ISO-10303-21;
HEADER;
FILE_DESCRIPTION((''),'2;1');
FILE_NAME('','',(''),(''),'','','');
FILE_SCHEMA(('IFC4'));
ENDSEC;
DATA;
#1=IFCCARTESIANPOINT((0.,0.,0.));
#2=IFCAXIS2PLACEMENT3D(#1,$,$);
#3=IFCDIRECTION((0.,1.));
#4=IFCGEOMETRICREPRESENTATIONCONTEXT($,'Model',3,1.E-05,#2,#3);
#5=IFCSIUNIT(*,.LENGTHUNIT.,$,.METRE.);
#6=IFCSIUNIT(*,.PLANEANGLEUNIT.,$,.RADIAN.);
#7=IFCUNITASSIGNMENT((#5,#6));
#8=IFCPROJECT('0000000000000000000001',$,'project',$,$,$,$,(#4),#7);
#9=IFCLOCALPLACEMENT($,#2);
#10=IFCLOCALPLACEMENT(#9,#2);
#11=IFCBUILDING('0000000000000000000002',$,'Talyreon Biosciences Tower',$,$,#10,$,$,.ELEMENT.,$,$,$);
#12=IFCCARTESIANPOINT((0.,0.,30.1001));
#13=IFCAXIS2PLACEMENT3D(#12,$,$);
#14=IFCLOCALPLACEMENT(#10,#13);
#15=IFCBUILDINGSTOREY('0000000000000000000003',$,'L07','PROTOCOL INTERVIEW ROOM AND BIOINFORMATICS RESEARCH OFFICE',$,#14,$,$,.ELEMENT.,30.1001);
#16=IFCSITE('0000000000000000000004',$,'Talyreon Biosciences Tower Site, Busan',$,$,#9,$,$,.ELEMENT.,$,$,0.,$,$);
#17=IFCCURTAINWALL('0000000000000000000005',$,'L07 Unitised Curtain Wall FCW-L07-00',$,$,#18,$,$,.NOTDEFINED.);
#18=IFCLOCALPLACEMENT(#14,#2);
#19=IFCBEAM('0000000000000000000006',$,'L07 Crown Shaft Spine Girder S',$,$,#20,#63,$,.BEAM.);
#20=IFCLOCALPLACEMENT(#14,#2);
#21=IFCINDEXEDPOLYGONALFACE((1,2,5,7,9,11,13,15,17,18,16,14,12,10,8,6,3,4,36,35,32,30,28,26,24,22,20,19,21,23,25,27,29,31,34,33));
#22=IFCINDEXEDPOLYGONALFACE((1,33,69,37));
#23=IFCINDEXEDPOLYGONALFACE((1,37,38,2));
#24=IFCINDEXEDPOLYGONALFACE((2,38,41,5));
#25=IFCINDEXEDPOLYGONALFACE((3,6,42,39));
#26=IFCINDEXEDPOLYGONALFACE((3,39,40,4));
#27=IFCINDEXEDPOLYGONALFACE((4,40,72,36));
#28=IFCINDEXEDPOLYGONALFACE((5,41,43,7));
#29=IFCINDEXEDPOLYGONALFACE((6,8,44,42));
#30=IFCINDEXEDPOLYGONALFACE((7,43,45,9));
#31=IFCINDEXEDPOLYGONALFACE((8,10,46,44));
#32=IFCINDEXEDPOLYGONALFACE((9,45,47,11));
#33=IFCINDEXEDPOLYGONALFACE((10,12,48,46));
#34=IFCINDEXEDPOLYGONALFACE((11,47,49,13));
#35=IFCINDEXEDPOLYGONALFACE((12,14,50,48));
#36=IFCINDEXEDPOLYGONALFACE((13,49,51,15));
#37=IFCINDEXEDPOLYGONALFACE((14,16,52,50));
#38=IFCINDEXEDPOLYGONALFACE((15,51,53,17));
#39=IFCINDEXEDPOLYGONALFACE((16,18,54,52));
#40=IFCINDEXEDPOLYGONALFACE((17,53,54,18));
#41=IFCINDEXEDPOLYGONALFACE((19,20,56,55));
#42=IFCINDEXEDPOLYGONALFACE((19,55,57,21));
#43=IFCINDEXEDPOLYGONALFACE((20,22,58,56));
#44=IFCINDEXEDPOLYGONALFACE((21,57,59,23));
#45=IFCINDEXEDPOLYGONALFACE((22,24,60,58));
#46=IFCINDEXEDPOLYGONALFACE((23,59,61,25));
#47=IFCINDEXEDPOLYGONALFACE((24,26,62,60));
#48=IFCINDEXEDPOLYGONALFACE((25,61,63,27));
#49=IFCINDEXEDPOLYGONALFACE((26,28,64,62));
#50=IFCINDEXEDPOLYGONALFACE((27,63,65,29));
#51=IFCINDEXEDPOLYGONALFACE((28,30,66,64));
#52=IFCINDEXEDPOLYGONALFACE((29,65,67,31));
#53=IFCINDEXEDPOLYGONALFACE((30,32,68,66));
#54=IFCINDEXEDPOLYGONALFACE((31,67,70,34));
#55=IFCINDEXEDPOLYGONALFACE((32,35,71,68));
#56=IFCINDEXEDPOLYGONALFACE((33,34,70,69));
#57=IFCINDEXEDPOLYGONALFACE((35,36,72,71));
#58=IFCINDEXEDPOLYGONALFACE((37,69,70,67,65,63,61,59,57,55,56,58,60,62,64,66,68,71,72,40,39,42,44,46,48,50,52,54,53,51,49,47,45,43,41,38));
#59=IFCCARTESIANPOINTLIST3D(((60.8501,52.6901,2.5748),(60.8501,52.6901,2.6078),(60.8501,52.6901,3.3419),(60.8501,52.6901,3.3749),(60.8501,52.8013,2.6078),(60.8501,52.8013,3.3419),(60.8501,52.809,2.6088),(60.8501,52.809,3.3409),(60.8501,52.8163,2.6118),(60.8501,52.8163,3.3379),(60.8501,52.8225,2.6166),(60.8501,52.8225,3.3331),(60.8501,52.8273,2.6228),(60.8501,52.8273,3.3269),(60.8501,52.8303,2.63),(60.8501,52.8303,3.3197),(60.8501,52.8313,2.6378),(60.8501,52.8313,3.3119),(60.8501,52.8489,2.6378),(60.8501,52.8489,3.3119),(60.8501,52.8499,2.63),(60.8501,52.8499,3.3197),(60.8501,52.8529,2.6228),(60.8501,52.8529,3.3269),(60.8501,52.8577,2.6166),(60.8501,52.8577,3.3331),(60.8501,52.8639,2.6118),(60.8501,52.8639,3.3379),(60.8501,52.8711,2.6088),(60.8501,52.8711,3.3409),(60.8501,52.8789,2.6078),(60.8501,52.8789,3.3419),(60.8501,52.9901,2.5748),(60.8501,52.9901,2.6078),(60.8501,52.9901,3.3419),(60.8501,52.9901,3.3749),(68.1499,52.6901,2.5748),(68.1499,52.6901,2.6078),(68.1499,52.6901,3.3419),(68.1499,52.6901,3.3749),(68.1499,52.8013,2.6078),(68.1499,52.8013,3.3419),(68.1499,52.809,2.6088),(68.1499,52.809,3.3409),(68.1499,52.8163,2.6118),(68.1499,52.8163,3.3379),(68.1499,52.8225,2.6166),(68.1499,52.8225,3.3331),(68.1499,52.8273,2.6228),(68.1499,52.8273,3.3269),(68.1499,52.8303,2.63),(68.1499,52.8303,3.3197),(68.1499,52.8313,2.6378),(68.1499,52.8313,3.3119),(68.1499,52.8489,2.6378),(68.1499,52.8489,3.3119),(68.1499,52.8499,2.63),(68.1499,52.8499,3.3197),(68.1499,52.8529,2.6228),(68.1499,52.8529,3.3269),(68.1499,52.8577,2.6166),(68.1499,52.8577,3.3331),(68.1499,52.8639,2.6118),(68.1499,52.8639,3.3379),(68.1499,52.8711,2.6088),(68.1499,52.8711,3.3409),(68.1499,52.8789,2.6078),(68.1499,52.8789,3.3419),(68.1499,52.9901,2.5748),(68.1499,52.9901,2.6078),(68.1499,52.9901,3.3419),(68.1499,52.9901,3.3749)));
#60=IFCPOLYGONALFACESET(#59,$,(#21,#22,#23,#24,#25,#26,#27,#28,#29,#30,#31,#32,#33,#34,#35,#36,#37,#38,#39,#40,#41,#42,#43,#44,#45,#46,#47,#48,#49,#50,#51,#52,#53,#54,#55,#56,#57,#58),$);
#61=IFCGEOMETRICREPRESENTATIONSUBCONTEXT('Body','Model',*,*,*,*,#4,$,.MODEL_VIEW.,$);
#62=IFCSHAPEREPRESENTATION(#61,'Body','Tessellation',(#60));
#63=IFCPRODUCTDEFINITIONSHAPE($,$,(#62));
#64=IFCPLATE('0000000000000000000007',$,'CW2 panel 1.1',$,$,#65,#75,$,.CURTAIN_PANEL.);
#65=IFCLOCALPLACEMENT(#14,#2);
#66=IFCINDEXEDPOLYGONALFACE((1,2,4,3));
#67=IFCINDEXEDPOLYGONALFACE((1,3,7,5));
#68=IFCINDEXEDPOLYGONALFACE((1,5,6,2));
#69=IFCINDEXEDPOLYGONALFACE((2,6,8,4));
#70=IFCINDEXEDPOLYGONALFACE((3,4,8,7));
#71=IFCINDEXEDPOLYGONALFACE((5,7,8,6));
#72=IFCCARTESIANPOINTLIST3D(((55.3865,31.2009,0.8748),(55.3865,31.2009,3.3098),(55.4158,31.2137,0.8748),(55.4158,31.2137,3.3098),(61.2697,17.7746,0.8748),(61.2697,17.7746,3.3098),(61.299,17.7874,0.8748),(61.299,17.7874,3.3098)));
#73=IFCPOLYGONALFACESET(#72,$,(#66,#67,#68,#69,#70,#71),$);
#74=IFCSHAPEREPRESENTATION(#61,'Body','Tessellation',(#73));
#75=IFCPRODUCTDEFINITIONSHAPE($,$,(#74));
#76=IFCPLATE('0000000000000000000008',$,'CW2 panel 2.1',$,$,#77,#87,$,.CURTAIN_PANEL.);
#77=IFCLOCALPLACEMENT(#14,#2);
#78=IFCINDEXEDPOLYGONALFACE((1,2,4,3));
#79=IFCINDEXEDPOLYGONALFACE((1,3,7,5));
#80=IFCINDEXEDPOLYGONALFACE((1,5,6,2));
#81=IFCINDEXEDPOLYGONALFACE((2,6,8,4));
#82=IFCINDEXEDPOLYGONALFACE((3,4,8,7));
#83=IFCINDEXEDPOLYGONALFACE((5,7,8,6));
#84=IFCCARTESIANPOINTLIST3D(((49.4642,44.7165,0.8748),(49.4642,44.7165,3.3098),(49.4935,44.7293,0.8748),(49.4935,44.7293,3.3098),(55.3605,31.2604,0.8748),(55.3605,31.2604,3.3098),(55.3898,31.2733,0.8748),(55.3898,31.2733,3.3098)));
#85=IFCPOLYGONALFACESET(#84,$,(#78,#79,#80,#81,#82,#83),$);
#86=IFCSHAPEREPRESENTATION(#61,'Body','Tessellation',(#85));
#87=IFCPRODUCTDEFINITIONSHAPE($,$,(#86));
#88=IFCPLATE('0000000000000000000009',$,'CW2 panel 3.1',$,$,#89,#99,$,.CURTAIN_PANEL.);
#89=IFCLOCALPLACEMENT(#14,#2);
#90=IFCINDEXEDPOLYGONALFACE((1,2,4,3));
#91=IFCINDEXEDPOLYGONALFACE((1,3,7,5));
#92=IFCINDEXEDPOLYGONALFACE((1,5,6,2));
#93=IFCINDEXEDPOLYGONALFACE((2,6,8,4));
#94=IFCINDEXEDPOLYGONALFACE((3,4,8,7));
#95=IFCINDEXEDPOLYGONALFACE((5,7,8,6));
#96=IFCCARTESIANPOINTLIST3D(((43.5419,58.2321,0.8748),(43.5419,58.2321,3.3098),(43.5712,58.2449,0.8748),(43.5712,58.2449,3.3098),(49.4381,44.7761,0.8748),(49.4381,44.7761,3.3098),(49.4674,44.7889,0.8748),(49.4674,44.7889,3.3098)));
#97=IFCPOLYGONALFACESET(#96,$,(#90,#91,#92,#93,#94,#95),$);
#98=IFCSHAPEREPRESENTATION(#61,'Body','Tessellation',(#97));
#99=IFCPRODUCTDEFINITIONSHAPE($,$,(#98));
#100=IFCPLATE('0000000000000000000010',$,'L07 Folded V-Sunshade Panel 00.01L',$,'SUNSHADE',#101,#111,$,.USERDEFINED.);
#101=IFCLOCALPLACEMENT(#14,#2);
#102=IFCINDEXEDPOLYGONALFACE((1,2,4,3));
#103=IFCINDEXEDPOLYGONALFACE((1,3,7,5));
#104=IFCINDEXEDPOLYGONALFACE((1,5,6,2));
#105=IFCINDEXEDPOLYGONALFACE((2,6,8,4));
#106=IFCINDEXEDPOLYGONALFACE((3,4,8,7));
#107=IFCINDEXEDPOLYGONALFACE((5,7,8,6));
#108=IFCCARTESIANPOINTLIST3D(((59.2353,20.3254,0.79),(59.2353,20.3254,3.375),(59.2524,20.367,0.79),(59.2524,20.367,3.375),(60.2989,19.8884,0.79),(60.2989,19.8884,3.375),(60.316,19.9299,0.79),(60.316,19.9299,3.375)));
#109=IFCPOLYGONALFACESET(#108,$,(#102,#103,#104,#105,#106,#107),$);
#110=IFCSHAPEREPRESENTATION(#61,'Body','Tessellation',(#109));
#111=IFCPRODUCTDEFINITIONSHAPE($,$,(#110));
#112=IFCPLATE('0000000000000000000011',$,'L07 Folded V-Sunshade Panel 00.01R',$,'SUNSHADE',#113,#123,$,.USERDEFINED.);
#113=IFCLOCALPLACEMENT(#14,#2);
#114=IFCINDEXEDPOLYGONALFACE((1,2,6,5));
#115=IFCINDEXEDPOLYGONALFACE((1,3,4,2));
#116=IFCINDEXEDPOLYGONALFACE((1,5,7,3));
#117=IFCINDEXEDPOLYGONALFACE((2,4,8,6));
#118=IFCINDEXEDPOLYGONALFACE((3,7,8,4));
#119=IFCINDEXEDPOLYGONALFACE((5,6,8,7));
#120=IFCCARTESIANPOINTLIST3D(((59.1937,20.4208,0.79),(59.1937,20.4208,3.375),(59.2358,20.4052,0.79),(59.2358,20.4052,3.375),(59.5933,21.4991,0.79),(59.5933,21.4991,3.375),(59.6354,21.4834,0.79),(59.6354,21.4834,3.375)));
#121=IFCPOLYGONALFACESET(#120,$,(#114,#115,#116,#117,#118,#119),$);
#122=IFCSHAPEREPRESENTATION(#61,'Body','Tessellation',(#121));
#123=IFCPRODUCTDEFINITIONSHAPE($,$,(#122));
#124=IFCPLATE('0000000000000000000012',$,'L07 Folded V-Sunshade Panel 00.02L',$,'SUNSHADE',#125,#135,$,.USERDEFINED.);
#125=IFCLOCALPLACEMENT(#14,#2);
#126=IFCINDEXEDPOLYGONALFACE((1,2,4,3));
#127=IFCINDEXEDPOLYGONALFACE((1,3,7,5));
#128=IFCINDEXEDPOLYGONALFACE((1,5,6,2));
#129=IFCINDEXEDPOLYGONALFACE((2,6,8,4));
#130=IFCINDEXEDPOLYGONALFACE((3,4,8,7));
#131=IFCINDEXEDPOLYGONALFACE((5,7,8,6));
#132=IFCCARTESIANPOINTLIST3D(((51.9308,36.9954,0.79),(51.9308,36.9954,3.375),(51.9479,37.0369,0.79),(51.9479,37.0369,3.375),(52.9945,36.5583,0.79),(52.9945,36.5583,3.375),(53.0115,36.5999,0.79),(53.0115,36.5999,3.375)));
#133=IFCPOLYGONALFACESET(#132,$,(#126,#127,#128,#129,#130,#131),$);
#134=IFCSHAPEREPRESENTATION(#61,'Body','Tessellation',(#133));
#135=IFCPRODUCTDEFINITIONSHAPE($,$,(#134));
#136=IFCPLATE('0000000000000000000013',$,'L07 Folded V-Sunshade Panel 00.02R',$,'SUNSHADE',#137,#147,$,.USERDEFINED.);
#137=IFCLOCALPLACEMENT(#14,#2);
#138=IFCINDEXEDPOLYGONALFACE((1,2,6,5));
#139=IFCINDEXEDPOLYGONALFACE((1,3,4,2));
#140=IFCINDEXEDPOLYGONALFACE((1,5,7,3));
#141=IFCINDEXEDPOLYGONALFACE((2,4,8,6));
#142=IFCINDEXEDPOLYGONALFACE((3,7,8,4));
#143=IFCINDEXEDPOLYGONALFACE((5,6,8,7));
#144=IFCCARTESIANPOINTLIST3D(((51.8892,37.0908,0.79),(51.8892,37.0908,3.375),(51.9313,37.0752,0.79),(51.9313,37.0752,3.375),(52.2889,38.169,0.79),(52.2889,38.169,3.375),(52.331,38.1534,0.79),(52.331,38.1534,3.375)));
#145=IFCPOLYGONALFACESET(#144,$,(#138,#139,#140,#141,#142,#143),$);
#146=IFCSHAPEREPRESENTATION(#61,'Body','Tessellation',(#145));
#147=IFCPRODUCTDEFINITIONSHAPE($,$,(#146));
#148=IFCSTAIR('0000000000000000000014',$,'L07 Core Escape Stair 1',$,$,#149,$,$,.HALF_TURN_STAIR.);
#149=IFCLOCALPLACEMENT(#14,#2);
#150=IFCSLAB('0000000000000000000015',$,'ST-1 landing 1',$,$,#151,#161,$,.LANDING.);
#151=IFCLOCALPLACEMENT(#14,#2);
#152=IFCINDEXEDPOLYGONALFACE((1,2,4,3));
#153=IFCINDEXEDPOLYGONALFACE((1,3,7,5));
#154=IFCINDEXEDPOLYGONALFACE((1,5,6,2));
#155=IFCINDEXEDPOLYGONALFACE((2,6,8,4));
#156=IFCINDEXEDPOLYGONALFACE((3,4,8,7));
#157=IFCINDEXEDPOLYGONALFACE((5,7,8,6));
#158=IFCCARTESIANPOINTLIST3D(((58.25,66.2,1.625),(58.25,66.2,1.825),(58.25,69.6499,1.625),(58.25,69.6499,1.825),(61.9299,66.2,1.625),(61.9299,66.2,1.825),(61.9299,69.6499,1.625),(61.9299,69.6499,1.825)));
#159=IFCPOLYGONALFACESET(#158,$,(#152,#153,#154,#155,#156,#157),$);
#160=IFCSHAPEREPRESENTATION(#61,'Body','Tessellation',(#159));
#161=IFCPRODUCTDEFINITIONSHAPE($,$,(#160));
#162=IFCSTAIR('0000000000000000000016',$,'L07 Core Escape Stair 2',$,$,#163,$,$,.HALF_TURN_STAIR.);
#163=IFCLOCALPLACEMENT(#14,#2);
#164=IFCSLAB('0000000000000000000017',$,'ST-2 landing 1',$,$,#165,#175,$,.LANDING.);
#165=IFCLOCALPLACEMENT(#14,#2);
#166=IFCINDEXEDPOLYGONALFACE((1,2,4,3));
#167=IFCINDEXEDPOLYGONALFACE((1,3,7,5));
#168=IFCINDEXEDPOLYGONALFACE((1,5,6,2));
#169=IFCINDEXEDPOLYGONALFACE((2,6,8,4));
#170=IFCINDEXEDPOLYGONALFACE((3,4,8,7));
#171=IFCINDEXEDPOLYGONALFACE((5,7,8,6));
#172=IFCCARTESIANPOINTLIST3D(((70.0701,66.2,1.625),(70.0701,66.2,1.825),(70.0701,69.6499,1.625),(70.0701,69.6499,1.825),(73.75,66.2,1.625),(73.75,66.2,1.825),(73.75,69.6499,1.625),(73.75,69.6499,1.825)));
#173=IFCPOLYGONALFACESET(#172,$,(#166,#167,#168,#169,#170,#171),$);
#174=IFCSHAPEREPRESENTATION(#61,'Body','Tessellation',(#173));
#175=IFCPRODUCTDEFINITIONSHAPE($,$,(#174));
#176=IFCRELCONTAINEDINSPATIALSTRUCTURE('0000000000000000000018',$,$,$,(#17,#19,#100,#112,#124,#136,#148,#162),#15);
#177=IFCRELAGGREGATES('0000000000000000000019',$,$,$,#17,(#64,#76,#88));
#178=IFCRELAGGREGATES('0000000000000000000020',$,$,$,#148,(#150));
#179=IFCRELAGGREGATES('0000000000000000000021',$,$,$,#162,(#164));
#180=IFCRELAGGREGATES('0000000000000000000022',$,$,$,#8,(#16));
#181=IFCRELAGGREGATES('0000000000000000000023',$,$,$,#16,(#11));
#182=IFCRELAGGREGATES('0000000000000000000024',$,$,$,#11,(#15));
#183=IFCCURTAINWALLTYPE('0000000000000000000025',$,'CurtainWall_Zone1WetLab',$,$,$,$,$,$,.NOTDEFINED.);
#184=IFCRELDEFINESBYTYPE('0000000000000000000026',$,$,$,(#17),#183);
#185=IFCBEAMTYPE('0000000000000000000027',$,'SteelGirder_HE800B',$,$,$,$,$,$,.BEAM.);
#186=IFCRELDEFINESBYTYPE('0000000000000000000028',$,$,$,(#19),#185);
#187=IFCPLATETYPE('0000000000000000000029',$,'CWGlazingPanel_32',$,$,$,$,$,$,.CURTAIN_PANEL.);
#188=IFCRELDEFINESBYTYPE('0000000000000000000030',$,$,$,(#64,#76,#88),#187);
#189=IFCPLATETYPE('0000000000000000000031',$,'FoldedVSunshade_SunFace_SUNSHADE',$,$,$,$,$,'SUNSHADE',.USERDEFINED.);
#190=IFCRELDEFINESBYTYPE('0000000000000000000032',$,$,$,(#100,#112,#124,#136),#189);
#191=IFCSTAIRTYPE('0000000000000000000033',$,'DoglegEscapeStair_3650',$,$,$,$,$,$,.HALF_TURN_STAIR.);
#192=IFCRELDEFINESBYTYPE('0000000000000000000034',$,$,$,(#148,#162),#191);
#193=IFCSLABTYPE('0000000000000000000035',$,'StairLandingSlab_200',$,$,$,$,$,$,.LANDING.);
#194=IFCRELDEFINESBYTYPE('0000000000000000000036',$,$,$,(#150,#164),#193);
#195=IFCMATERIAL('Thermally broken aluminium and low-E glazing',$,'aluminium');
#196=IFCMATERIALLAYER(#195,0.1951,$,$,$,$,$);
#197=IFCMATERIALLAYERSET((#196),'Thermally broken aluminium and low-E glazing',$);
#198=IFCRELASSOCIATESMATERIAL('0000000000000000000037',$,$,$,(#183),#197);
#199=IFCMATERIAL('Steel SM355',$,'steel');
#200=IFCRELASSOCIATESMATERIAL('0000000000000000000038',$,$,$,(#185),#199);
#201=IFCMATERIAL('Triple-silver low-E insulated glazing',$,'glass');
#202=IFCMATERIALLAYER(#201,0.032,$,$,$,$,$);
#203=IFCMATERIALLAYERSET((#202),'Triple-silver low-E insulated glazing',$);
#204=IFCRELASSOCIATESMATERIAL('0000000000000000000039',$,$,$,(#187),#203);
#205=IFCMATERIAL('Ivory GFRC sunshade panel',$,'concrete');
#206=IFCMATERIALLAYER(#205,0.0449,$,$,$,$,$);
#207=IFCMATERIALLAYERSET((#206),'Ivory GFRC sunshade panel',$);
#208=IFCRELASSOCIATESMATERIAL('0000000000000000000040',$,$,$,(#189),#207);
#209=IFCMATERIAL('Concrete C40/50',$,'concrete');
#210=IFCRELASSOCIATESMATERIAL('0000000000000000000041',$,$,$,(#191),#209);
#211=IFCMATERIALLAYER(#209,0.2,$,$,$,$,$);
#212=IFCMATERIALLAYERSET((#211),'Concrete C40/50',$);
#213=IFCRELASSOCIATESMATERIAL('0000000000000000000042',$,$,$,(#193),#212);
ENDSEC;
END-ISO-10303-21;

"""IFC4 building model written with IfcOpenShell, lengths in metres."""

from ifc_helpers import new_model, si_unit, direction, frame, origin, origin_2d, place, context, subcontext, project, spatial, polyline, rectangle, i_section, outline, extrude, material, layer, layer_set, material_profile, profile_set, type_object, element, aggregate, save


model = new_model("IFC4")

# Units and contexts
model_context = context("Model", 3, precision=1e-05, world=origin(), true_north=direction((0.0, 1.0)))
body_context = subcontext(model_context, "Body", "Model", "MODEL_VIEW")
ifc_project = project(units=[si_unit("LENGTHUNIT", "METRE"), si_unit("PLANEANGLEUNIT", "RADIAN")], contexts=[model_context])

# Site, building, storey
site_placement = place(None, origin())
site = spatial("IfcSite", under=ifc_project, at=site_placement, Name="Talyreon Biosciences Tower Site, Busan", CompositionType="ELEMENT", RefElevation=0.0)
building_placement = place(site_placement, origin())
building = spatial("IfcBuilding", under=site, at=building_placement, Name="Talyreon Biosciences Tower", CompositionType="ELEMENT")
storey_placement = place(building_placement, frame((0.0, 0.0, 30.1001)))
storey = spatial("IfcBuildingStorey", under=building, at=storey_placement, Name="L07", Description="PROTOCOL INTERVIEW ROOM AND BIOINFORMATICS RESEARCH OFFICE", CompositionType="ELEMENT", Elevation=30.1001)

# Curtain wall
ifc_material_1 = material(Name="Thermally broken aluminium and low-E glazing", Category="aluminium")
ifc_layer_1 = layer(ifc_material_1, 0.1951)
ifc_layer_set_1 = layer_set([ifc_layer_1], Name="Thermally broken aluminium and low-E glazing")
curtain_wall_type = type_object("IfcCurtainWallType", Name="CurtainWall_Zone1WetLab", PredefinedType="NOTDEFINED", material=ifc_layer_set_1)
curtain_wall_placement = place(storey_placement, origin())
curtain_wall = element("IfcCurtainWall", 1, at=curtain_wall_placement, inside=storey, type_object=curtain_wall_type, Name="L07 Unitised Curtain Wall FCW-L07-00", PredefinedType="NOTDEFINED")

# Beam
ifc_material_2 = material(Name="Steel SM355", Category="steel")
ifc_material_profile_1 = material_profile(ifc_material_2, i_section(OverallWidth=0.3, OverallDepth=0.8, WebThickness=0.0176, FlangeThickness=0.033, FilletRadius=0.03, at=origin_2d()), Name="HE800B")
ifc_profile_set_1 = profile_set([ifc_material_profile_1], Name="Steel SM355")
beam_type_1 = type_object("IfcBeamType", Name="SteelGirder_HE800B", PredefinedType="BEAM", material=ifc_profile_set_1)
beam_1_placement = place(storey_placement, frame((60.8501, 52.8401, 2.9749), z_axis=(1.0, 0.0, 0.0), x_axis=(0.0, 1.0, 0.0)))
element("IfcBeam", 2, at=beam_1_placement, inside=storey, type_object=beam_type_1, Name="L07 Crown Shaft Spine Girder S", PredefinedType="BEAM", context=body_context, shape_type="SweptSolid", body=[
    extrude(i_section(OverallWidth=0.3, OverallDepth=0.8, WebThickness=0.0176, FlangeThickness=0.033, FilletRadius=0.03, at=origin_2d()), origin(), (0.0, 0.0, 1.0), 7.2998),
])

# Plates
ifc_material_3 = material(Name="Triple-silver low-E insulated glazing", Category="glass")
ifc_layer_2 = layer(ifc_material_3, 0.032)
ifc_layer_set_2 = layer_set([ifc_layer_2], Name="Triple-silver low-E insulated glazing")
plate_type_1 = type_object("IfcPlateType", Name="CWGlazingPanel_32", PredefinedType="CURTAIN_PANEL", material=ifc_layer_set_2)
plate_1_placement = place(storey_placement, frame((58.3428, 24.4941, 0.8748), z_axis=(0.0, 0.0, 1.0), x_axis=(-0.401345, 0.915927, 0.0)))
plate_1 = element("IfcPlate", 3, at=plate_1_placement, type_object=plate_type_1, Name="CW2 panel 1.1", PredefinedType="CURTAIN_PANEL", context=body_context, shape_type="SweptSolid", body=[
    extrude(rectangle(XDim=14.6587, YDim=0.032, at=origin_2d()), origin(), (0.0, 0.0, 1.0), 2.4351),
])
plate_2_placement = place(storey_placement, frame((52.427, 37.9949, 0.8748), z_axis=(0.0, 0.0, 1.0), x_axis=(-0.401345, 0.915927, 0.0)))
plate_2 = element("IfcPlate", 4, at=plate_2_placement, type_object=plate_type_1, Name="CW2 panel 2.1", PredefinedType="CURTAIN_PANEL", context=body_context, shape_type="SweptSolid", body=[
    extrude(rectangle(XDim=14.6912, YDim=0.032, at=origin_2d()), origin(), (0.0, 0.0, 1.0), 2.4351),
])
plate_3_placement = place(storey_placement, frame((46.5046, 51.5105, 0.8748), z_axis=(0.0, 0.0, 1.0), x_axis=(-0.401345, 0.915927, 0.0)))
plate_3 = element("IfcPlate", 5, at=plate_3_placement, type_object=plate_type_1, Name="CW2 panel 3.1", PredefinedType="CURTAIN_PANEL", context=body_context, shape_type="SweptSolid", body=[
    extrude(rectangle(XDim=14.6912, YDim=0.032, at=origin_2d()), origin(), (0.0, 0.0, 1.0), 2.4351),
])
aggregate(curtain_wall, [plate_1, plate_2, plate_3])

# Plates
ifc_material_4 = material(Name="Ivory GFRC sunshade panel", Category="concrete")
ifc_layer_3 = layer(ifc_material_4, 0.0449)
ifc_layer_set_3 = layer_set([ifc_layer_3], Name="Ivory GFRC sunshade panel")
plate_type_2 = type_object("IfcPlateType", Name="FoldedVSunshade_SunFace_SUNSHADE", ElementType="SUNSHADE", PredefinedType="USERDEFINED", material=ifc_layer_set_3)
for number, where, z_axis, x_axis, name in (
    (6, (59.7756, 20.1277, 0.79), (0.0, 0.0, 1.0), (-0.924958, 0.38007, 0.0), "L07 Folded V-Sunshade Panel 00.01L"),
    (7, (59.4146, 20.9521, 0.79), (0.0, 0.0, 1.0), (0.347558, 0.937659, 0.0), "L07 Folded V-Sunshade Panel 00.01R"),
    (8, (52.4712, 36.7976, 0.79), (0.0, 0.0, 1.0), (-0.924958, 0.38007, 0.0), "L07 Folded V-Sunshade Panel 00.02L"),
    (9, (52.1101, 37.6221, 0.79), (0.0, 0.0, 1.0), (0.347558, 0.937659, 0.0), "L07 Folded V-Sunshade Panel 00.02R"),
):
    element("IfcPlate", number, at=place(storey_placement, frame(where, z_axis=z_axis, x_axis=x_axis)), inside=storey, type_object=plate_type_2, Name=name, ObjectType="SUNSHADE", PredefinedType="USERDEFINED", context=body_context, shape_type="SweptSolid", body=[
        extrude(rectangle(XDim=1.1499, YDim=0.0449, at=origin_2d()), origin(), (0.0, 0.0, 1.0), 2.585),
    ])

# Stairs, slabs
ifc_material_5 = material(Name="Concrete C40/50", Category="concrete")
stair_type = type_object("IfcStairType", Name="DoglegEscapeStair_3650", PredefinedType="HALF_TURN_STAIR", material=ifc_material_5)
stair_1_placement = place(storey_placement, origin())
stair_1 = element("IfcStair", 10, at=stair_1_placement, inside=storey, type_object=stair_type, Name="L07 Core Escape Stair 1", PredefinedType="HALF_TURN_STAIR")
ifc_layer_4 = layer(ifc_material_5, 0.2)
ifc_layer_set_4 = layer_set([ifc_layer_4], Name="Concrete C40/50")
slab_type_1 = type_object("IfcSlabType", Name="StairLandingSlab_200", PredefinedType="LANDING", material=ifc_layer_set_4)
slab_1_placement = place(storey_placement, frame((0.0, 0.0, 1.625)))
slab_1 = element("IfcSlab", 11, at=slab_1_placement, type_object=slab_type_1, Name="ST-1 landing 1", PredefinedType="LANDING", context=body_context, shape_type="SweptSolid", body=[
    extrude(outline(polyline([(61.9299, 66.2), (61.9299, 69.6499), (58.25, 69.6499), (58.25, 66.2), (61.9299, 66.2)])), origin(), (0.0, 0.0, 1.0), 0.2),
])
aggregate(stair_1, [slab_1])
stair_2_placement = place(storey_placement, origin())
stair_2 = element("IfcStair", 12, at=stair_2_placement, inside=storey, type_object=stair_type, Name="L07 Core Escape Stair 2", PredefinedType="HALF_TURN_STAIR")
slab_2_placement = place(storey_placement, frame((0.0, 0.0, 1.625)))
slab_2 = element("IfcSlab", 13, at=slab_2_placement, type_object=slab_type_1, Name="ST-2 landing 1", PredefinedType="LANDING", context=body_context, shape_type="SweptSolid", body=[
    extrude(outline(polyline([(73.75, 66.2), (73.75, 69.6499), (70.0701, 69.6499), (70.0701, 66.2), (73.75, 66.2)])), origin(), (0.0, 0.0, 1.0), 0.2),
])
aggregate(stair_2, [slab_2])

save(model, "model.ifc")
